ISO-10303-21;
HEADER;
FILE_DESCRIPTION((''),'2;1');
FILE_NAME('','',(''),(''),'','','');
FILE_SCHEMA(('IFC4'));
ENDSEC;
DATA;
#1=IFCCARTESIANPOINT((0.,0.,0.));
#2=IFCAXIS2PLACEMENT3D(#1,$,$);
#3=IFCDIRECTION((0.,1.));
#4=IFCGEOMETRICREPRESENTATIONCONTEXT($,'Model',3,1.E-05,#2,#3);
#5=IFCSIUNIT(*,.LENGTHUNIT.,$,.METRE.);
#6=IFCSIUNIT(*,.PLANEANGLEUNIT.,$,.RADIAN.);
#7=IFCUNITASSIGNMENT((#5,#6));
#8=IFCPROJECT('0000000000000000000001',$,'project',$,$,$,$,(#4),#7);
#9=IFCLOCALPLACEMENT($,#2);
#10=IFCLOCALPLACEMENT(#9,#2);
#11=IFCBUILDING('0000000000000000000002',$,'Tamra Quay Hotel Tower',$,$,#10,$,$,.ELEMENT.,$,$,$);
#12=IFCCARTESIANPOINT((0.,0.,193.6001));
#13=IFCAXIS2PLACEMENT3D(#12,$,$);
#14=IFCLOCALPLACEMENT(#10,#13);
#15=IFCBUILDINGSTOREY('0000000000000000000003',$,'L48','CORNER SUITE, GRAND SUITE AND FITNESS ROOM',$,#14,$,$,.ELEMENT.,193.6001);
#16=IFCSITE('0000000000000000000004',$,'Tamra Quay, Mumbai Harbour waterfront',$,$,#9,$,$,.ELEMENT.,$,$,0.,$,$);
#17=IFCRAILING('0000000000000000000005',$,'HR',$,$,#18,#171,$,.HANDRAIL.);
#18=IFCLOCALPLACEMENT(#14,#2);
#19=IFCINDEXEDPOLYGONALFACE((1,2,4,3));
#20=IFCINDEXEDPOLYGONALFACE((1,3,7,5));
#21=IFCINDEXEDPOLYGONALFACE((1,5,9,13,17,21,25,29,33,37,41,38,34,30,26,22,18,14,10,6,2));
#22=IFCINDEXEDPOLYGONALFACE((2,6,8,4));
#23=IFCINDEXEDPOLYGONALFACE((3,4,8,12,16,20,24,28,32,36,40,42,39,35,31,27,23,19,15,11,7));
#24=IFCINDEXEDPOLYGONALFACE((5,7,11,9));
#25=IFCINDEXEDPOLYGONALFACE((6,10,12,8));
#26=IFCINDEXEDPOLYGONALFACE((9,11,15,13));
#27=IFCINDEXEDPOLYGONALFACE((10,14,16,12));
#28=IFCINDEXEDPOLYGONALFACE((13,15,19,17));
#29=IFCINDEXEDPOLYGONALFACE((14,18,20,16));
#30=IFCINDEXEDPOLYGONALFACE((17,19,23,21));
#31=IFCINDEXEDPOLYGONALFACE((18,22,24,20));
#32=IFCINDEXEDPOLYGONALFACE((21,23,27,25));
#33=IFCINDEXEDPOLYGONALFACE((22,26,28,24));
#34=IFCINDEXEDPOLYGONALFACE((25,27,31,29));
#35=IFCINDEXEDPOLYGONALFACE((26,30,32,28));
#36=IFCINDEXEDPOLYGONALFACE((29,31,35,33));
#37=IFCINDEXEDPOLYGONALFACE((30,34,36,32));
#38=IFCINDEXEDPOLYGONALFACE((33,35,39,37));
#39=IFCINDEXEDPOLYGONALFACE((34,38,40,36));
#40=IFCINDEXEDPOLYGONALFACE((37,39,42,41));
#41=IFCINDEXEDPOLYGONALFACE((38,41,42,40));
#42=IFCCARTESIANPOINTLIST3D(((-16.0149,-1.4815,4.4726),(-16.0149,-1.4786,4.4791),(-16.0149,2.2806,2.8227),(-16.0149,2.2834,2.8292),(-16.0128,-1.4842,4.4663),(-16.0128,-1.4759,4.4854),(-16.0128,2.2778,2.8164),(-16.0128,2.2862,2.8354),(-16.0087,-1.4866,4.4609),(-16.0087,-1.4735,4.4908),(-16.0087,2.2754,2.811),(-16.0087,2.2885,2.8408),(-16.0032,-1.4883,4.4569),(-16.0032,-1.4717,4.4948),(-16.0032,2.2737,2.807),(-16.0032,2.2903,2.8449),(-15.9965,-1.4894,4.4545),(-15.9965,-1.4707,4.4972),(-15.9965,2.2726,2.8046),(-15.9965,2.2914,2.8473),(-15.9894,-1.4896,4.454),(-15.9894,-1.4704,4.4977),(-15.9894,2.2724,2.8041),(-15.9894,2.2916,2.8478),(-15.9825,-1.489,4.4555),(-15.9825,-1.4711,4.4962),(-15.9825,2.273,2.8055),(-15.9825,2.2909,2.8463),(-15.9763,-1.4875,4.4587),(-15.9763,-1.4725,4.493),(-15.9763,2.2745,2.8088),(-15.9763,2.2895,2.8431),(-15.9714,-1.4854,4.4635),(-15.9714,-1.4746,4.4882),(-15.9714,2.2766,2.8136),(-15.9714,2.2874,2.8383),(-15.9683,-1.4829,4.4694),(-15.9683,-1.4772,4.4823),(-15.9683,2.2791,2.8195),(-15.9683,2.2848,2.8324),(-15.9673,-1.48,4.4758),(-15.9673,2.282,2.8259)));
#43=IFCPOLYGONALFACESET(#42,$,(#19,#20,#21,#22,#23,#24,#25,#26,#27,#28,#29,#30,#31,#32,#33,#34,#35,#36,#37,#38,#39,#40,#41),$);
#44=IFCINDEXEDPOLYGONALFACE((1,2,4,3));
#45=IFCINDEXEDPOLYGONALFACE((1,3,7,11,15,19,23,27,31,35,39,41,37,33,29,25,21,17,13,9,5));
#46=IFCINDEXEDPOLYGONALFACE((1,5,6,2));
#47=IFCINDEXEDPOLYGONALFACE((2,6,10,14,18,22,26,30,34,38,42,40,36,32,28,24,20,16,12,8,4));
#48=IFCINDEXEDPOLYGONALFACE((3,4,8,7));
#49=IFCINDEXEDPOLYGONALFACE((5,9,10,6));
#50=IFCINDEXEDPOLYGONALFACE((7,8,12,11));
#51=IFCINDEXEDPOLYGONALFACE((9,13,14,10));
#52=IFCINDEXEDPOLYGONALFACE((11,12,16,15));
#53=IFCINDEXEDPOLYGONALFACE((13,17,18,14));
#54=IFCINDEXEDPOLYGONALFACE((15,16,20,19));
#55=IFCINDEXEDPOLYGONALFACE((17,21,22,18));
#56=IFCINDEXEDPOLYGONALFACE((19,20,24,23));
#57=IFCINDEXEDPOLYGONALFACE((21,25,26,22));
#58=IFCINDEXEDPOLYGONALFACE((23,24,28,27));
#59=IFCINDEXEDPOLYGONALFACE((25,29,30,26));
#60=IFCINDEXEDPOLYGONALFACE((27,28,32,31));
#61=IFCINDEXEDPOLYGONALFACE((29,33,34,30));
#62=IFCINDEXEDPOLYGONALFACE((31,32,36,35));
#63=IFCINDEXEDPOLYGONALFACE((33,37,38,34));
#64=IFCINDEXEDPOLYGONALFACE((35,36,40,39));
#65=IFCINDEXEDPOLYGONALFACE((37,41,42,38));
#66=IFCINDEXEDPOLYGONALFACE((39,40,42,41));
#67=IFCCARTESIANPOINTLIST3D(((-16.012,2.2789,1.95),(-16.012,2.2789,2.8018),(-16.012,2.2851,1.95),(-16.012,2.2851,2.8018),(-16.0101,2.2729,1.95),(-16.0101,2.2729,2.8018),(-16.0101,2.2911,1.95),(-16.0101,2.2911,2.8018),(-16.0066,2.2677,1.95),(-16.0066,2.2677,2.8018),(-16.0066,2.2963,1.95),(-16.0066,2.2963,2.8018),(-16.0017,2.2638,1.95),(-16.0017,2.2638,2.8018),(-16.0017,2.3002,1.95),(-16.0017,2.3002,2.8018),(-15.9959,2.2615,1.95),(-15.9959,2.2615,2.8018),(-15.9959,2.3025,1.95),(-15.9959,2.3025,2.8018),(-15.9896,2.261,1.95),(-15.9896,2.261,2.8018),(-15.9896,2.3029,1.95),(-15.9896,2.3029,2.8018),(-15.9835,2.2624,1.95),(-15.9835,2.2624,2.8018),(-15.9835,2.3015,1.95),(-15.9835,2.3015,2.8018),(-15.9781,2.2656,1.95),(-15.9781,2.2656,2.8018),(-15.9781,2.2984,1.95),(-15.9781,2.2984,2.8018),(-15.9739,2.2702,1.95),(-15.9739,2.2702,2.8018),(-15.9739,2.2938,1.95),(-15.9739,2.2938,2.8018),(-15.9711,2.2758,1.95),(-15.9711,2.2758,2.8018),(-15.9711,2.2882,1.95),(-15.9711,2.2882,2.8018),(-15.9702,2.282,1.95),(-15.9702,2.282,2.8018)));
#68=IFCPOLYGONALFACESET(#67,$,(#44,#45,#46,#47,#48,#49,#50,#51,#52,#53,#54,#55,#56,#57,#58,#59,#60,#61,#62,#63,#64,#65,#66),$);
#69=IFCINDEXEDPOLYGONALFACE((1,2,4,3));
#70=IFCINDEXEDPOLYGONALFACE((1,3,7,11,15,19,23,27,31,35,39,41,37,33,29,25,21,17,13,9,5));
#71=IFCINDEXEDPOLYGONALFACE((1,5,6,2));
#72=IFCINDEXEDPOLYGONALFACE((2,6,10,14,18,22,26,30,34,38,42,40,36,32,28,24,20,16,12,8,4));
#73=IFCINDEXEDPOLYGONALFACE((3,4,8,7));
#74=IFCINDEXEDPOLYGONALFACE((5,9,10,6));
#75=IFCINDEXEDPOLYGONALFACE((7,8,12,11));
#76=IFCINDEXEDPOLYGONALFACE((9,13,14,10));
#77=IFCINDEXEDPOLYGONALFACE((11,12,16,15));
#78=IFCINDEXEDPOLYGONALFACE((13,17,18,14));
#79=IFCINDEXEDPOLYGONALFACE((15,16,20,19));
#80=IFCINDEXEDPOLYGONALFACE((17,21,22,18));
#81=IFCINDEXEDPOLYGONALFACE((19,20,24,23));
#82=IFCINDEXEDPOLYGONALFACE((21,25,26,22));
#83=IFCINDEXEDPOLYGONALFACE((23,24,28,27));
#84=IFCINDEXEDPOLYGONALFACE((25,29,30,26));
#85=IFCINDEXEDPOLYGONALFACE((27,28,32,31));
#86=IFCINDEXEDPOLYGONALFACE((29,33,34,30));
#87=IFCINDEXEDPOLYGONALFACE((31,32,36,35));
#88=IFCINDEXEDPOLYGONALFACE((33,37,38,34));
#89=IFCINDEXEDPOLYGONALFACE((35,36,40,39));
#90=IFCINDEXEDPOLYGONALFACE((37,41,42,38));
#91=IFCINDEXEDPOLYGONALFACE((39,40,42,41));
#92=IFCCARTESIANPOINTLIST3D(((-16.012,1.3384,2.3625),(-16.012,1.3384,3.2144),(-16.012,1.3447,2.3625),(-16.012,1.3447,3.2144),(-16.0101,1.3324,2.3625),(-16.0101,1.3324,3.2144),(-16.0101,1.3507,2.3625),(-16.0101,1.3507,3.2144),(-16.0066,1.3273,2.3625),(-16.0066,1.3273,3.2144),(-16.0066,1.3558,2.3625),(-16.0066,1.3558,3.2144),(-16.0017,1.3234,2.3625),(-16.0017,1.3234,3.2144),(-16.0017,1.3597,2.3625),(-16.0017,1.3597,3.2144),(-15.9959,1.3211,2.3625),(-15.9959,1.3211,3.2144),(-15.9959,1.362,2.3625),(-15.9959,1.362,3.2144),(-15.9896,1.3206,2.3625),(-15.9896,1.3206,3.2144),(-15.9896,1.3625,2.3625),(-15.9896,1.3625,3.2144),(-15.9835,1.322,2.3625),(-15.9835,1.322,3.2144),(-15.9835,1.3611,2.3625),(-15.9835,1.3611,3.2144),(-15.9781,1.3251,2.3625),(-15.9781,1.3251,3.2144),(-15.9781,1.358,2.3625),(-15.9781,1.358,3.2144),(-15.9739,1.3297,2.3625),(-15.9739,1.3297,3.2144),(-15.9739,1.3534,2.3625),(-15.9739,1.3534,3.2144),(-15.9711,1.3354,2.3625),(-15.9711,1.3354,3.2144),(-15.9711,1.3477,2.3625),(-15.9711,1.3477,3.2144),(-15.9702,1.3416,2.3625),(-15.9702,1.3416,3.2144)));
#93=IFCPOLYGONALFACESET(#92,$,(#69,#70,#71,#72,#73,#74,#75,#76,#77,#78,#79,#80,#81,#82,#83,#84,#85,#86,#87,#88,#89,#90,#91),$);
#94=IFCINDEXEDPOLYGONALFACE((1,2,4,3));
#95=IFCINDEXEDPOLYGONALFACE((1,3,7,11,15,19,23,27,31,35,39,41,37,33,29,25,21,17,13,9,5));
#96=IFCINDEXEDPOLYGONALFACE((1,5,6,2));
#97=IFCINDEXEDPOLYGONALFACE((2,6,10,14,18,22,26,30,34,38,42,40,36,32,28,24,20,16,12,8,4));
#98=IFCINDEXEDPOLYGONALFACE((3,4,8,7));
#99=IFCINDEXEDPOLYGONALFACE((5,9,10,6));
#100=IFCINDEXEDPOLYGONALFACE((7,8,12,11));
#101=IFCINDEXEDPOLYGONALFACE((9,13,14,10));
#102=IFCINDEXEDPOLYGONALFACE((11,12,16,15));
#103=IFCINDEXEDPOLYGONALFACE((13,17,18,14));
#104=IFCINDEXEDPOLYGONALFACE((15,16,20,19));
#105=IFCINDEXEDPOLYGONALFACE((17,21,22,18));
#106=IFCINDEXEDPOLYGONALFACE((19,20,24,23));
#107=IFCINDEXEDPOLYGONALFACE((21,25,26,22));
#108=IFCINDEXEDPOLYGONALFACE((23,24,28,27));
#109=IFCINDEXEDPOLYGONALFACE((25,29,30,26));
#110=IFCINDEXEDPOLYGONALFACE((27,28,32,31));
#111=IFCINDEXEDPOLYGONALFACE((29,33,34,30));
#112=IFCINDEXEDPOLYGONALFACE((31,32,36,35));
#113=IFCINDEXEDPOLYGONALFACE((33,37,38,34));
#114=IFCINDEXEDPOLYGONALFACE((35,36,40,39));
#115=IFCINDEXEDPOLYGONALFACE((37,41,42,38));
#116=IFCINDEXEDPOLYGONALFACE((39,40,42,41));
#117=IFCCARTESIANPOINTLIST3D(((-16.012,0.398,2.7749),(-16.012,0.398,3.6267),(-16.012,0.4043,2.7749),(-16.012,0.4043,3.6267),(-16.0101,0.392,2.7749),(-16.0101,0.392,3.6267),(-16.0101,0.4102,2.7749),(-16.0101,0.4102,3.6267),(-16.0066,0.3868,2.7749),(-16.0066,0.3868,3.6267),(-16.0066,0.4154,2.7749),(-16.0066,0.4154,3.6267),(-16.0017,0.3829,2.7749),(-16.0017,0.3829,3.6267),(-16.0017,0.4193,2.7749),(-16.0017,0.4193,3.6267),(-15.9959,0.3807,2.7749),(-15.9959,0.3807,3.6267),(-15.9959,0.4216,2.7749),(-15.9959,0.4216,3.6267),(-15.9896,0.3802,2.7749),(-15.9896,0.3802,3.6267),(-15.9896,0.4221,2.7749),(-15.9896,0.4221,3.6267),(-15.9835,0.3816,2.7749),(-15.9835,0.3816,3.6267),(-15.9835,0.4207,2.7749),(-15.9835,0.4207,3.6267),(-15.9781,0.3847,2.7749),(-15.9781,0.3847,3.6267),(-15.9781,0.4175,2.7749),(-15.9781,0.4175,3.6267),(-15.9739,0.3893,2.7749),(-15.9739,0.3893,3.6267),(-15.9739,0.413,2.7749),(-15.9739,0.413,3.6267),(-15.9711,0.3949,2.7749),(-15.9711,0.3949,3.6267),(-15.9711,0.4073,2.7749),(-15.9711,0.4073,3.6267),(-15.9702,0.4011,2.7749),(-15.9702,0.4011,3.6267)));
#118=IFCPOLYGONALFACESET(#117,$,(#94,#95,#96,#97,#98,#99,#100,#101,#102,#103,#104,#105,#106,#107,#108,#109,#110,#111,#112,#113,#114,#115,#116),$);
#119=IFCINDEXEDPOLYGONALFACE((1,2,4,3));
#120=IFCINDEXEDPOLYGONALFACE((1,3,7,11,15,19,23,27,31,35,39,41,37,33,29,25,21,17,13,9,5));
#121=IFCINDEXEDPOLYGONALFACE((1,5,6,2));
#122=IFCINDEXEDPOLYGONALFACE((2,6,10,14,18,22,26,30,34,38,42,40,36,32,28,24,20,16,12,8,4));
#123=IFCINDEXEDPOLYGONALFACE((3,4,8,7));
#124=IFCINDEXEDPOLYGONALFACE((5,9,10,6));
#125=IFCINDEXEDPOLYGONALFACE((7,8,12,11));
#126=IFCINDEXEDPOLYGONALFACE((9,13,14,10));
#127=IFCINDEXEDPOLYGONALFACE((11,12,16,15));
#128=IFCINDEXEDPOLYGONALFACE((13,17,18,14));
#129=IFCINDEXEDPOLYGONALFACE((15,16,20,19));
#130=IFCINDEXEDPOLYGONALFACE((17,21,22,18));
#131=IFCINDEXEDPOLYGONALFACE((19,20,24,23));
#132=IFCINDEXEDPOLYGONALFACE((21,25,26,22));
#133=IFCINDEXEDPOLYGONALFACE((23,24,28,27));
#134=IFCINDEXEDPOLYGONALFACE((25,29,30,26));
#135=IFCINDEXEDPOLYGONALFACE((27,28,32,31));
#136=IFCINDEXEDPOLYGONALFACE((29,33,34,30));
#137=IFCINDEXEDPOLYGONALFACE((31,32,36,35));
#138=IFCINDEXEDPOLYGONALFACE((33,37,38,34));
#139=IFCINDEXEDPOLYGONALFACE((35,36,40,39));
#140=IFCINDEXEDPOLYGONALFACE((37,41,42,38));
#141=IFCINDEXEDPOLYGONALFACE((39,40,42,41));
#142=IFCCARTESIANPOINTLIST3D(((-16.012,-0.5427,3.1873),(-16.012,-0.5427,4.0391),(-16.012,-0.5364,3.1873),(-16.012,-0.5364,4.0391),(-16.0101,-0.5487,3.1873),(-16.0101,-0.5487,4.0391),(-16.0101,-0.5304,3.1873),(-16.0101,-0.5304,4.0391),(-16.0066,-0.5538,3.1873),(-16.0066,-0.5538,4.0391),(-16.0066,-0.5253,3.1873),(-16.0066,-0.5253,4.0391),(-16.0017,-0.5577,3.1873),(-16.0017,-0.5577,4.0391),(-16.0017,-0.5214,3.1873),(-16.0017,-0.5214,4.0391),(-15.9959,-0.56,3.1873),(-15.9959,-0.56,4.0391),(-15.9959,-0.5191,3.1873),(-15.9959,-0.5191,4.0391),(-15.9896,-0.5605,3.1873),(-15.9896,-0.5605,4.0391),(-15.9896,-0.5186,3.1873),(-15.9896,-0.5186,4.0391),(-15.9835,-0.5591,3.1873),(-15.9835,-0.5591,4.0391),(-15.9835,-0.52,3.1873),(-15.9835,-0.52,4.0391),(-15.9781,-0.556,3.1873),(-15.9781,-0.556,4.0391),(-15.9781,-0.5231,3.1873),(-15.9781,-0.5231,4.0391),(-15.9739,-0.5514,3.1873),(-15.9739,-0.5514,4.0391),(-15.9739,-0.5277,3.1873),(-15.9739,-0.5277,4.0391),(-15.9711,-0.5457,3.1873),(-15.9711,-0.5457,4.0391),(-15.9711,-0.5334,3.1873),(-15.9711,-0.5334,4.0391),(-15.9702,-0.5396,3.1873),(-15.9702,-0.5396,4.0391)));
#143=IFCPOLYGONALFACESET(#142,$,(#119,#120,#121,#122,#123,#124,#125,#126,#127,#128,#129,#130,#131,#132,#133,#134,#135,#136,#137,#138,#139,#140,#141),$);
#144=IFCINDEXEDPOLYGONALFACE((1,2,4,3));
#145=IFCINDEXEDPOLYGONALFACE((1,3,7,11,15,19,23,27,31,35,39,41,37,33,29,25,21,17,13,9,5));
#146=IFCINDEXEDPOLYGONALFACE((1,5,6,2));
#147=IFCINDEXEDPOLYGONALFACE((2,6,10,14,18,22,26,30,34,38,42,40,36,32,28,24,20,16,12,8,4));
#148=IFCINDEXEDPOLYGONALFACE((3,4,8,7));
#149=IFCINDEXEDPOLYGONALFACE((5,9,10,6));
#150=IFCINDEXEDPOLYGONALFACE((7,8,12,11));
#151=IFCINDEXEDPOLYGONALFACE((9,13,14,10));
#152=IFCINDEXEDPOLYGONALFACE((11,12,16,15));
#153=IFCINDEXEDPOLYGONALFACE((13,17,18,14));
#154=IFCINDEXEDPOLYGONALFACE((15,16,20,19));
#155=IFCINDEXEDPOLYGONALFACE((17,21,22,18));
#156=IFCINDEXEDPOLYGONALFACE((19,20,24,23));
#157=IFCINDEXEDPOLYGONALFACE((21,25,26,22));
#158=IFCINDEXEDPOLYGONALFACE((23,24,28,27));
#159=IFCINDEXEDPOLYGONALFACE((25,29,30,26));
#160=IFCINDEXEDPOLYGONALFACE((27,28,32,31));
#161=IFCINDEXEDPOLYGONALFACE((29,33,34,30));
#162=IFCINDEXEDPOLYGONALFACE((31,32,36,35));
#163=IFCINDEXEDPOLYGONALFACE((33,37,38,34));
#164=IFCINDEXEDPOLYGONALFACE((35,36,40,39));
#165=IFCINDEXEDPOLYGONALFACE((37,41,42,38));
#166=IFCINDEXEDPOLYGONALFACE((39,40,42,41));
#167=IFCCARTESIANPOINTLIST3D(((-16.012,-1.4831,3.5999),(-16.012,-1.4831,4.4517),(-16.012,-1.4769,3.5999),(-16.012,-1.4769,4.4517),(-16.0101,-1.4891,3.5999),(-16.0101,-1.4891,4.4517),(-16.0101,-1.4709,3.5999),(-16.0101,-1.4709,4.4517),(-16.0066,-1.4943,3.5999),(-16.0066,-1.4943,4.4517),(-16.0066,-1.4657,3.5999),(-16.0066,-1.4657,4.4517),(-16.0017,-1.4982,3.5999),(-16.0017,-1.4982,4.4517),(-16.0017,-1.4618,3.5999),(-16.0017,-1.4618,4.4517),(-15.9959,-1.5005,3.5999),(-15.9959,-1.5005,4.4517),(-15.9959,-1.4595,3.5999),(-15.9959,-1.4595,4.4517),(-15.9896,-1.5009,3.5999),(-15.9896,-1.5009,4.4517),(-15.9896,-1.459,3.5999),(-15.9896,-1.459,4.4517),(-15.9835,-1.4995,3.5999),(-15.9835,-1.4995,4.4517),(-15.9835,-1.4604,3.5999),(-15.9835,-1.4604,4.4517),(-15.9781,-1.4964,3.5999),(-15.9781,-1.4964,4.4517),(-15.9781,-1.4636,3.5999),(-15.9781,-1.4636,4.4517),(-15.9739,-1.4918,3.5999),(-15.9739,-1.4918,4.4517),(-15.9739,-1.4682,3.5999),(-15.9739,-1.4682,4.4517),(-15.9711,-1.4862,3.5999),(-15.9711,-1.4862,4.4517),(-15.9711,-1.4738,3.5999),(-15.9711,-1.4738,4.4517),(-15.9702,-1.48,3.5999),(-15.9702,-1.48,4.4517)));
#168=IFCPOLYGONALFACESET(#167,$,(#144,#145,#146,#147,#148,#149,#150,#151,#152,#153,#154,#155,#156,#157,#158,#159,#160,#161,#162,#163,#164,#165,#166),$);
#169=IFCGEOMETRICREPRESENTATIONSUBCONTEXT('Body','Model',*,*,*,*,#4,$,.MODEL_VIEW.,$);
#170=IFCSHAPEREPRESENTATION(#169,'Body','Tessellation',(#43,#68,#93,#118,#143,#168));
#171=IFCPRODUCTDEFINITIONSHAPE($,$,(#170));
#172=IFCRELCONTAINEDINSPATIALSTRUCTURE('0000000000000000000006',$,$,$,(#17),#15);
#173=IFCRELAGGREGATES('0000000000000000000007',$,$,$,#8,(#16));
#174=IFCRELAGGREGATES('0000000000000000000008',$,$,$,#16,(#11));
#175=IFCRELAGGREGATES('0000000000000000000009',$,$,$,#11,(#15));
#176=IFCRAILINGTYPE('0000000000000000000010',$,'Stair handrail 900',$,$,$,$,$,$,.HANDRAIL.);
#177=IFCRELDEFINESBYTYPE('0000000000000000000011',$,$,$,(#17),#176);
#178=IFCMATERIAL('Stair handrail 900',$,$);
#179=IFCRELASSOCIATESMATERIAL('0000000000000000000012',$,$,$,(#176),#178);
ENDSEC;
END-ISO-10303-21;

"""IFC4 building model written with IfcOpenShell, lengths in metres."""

from ifc_helpers import new_model, si_unit, direction, frame, origin, origin_2d, place, context, subcontext, project, spatial, circle, extrude, material, type_object, element, save


model = new_model("IFC4")

# Units and contexts
model_context = context("Model", 3, precision=1e-05, world=origin(), true_north=direction((0.0, 1.0)))
body_context = subcontext(model_context, "Body", "Model", "MODEL_VIEW")
ifc_project = project(units=[si_unit("LENGTHUNIT", "METRE"), si_unit("PLANEANGLEUNIT", "RADIAN")], contexts=[model_context])

# Site, building, storey
site_placement = place(None, origin())
site = spatial("IfcSite", under=ifc_project, at=site_placement, Name="Tamra Quay, Mumbai Harbour waterfront", CompositionType="ELEMENT", RefElevation=0.0)
building_placement = place(site_placement, origin())
building = spatial("IfcBuilding", under=site, at=building_placement, Name="Tamra Quay Hotel Tower", CompositionType="ELEMENT")
storey_placement = place(building_placement, frame((0.0, 0.0, 193.6001)))
storey = spatial("IfcBuildingStorey", under=building, at=storey_placement, Name="L48", Description="CORNER SUITE, GRAND SUITE AND FITNESS ROOM", CompositionType="ELEMENT", Elevation=193.6001)

# Railing
ifc_material_1 = material(Name="Stair handrail 900")
railing_type = type_object("IfcRailingType", Name="Stair handrail 900", PredefinedType="HANDRAIL", material=ifc_material_1)
railing_placement = place(storey_placement, frame((-15.9912, 2.282, 1.95)))
element("IfcRailing", 1, at=railing_placement, inside=storey, type_object=railing_type, Name="HR", PredefinedType="HANDRAIL", context=body_context, shape_type="SweptSolid", body=[
    extrude(circle(Radius=0.0239, at=origin_2d()), frame((0.0, 0.0, 0.876), z_axis=(0.0, -0.915795, 0.401645), x_axis=(1.0, 0.0, 0.0)), (0.0, 0.0, 1.0), 4.1079),
    extrude(circle(Radius=0.021, at=origin_2d()), origin(), (0.0, 0.0, 1.0), 0.8518),
    extrude(circle(Radius=0.021, at=origin_2d()), frame((0.0, -0.9404, 0.4126)), (0.0, 0.0, 1.0), 0.8518),
    extrude(circle(Radius=0.021, at=origin_2d()), frame((0.0, -1.8809, 0.825)), (0.0, 0.0, 1.0), 0.8518),
    extrude(circle(Radius=0.021, at=origin_2d()), frame((0.0, -2.8215, 1.2373)), (0.0, 0.0, 1.0), 0.8518),
    extrude(circle(Radius=0.021, at=origin_2d()), frame((0.0, -3.762, 1.6499)), (0.0, 0.0, 1.0), 0.8518),
])

save(model, "model.ifc")
